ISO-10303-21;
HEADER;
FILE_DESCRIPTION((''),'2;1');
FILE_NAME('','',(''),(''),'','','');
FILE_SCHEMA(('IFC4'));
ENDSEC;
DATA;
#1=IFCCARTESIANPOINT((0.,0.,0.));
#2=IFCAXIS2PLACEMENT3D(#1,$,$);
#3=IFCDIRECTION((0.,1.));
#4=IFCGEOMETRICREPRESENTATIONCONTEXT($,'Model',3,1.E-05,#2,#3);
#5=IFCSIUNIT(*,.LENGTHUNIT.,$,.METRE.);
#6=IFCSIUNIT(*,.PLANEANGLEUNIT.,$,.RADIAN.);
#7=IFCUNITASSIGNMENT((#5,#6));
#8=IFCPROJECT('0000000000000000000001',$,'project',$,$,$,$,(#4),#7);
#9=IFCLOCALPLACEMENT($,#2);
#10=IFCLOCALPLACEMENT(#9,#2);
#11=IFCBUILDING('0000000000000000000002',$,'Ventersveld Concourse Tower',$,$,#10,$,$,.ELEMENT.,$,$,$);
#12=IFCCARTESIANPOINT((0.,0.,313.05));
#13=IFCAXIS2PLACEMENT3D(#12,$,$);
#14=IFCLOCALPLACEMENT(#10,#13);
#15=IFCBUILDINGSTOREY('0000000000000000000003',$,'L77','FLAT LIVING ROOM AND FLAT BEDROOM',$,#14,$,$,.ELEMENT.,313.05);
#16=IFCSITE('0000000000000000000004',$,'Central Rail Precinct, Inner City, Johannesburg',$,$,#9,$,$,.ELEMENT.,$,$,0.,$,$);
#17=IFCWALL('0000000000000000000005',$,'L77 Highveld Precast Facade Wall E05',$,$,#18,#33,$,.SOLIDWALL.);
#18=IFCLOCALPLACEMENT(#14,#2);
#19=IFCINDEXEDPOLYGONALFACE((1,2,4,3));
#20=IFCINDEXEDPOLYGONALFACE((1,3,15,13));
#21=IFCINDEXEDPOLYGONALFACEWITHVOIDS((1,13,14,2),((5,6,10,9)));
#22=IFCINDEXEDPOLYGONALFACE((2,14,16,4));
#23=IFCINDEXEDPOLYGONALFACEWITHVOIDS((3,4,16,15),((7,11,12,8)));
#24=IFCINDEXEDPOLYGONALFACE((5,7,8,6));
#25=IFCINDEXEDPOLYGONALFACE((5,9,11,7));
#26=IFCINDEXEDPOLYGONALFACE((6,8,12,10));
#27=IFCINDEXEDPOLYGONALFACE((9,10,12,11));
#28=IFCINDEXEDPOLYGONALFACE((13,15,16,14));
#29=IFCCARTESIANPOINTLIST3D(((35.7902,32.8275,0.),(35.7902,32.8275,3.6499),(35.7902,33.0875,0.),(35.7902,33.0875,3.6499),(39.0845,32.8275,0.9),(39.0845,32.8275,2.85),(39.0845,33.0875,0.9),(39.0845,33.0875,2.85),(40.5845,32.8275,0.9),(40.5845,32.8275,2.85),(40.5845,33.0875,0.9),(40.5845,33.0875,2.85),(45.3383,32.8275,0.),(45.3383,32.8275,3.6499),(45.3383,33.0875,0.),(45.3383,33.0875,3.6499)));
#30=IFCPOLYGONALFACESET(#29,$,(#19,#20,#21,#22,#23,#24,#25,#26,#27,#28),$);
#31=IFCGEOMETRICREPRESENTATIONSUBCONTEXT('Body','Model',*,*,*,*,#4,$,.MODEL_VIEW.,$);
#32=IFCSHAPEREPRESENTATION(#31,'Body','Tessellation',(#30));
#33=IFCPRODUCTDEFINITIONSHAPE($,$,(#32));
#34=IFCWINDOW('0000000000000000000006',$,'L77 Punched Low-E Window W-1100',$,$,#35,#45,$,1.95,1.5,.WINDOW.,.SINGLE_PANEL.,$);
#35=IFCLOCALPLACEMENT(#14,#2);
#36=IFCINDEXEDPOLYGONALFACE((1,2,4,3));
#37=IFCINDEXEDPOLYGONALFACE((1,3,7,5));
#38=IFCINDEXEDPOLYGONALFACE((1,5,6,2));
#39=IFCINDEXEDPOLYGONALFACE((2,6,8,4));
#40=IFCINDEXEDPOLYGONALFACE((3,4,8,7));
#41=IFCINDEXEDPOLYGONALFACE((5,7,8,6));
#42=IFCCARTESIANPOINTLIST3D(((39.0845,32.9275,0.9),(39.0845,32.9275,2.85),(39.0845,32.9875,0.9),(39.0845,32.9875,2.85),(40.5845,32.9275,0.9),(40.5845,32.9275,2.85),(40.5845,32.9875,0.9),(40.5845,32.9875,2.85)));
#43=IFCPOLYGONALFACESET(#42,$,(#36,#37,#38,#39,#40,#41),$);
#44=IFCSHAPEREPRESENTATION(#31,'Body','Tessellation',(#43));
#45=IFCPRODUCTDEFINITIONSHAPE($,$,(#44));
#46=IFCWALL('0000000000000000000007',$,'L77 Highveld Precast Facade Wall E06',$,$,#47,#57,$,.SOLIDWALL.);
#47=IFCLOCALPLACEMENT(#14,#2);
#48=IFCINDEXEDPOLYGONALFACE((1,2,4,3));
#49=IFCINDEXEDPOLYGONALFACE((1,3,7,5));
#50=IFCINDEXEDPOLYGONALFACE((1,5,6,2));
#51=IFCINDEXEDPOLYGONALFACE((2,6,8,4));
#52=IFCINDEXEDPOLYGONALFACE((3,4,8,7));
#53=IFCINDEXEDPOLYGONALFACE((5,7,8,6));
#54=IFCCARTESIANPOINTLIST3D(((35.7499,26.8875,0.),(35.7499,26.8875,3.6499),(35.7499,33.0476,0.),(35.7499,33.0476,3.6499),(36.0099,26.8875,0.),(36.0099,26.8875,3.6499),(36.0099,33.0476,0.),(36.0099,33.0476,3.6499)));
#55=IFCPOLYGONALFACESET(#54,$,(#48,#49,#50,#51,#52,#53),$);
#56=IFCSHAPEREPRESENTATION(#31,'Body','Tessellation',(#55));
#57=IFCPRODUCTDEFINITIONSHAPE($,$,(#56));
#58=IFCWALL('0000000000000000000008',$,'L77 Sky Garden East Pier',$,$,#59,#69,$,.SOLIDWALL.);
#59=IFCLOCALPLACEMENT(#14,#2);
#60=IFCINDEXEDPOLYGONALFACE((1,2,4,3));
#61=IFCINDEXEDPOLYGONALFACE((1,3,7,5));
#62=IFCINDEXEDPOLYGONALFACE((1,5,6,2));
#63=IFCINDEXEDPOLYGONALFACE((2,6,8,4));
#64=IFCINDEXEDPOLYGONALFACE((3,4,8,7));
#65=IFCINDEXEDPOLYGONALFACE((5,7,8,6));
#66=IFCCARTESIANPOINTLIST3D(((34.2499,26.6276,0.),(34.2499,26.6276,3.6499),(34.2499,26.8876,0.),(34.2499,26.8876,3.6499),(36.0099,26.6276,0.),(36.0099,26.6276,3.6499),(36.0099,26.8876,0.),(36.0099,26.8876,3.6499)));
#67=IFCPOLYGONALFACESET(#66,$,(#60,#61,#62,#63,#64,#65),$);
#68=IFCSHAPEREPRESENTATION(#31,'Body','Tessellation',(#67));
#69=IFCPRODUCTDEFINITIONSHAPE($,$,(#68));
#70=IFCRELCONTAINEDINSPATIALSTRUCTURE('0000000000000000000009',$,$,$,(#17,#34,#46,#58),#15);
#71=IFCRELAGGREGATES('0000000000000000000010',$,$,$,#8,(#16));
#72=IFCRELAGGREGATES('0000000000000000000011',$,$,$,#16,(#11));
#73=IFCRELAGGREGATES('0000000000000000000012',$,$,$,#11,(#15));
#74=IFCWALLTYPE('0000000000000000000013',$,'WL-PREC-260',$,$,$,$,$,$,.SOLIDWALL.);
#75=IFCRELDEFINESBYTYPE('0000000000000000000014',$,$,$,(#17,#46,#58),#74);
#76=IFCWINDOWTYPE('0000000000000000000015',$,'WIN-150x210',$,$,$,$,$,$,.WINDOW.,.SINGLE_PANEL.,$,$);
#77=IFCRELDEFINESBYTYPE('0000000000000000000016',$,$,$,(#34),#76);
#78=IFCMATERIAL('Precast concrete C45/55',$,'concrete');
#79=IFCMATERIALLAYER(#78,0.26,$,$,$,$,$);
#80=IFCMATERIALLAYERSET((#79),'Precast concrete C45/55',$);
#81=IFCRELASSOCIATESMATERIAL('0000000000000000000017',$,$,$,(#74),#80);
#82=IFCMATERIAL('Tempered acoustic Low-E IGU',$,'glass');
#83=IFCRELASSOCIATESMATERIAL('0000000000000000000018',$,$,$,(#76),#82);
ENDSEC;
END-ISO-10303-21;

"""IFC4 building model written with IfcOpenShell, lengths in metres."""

from ifc_helpers import new_model, si_unit, direction, frame, frame_2d, origin, place, context, subcontext, project, spatial, rectangle, extrude, material, layer, layer_set, type_object, element, fill, save


model = new_model("IFC4")

# Units and contexts
model_context = context("Model", 3, precision=1e-05, world=origin(), true_north=direction((0.0, 1.0)))
body_context = subcontext(model_context, "Body", "Model", "MODEL_VIEW")
ifc_project = project(units=[si_unit("LENGTHUNIT", "METRE"), si_unit("PLANEANGLEUNIT", "RADIAN")], contexts=[model_context])

# Site, building, storey
site_placement = place(None, origin())
site = spatial("IfcSite", under=ifc_project, at=site_placement, Name="Central Rail Precinct, Inner City, Johannesburg", CompositionType="ELEMENT", RefElevation=0.0)
building_placement = place(site_placement, origin())
building = spatial("IfcBuilding", under=site, at=building_placement, Name="Ventersveld Concourse Tower", CompositionType="ELEMENT")
storey_placement = place(building_placement, frame((0.0, 0.0, 313.05)))
storey = spatial("IfcBuildingStorey", under=building, at=storey_placement, Name="L77", Description="FLAT LIVING ROOM AND FLAT BEDROOM", CompositionType="ELEMENT", Elevation=313.05)

# Wall, opening, window
ifc_material_1 = material(Name="Precast concrete C45/55", Category="concrete")
ifc_layer_1 = layer(ifc_material_1, 0.26)
ifc_layer_set_1 = layer_set([ifc_layer_1], Name="Precast concrete C45/55")
wall_type_1 = type_object("IfcWallType", Name="WL-PREC-260", PredefinedType="SOLIDWALL", material=ifc_layer_set_1)
ifc_material_2 = material(Name="Tempered acoustic Low-E IGU", Category="glass")
window_type = type_object("IfcWindowType", Name="WIN-150x210", PartitioningType="SINGLE_PANEL", PredefinedType="WINDOW", material=ifc_material_2)
wall_1_placement = place(storey_placement, frame((45.3381, 32.9575, 0.0), z_axis=(0.0, 0.0, 1.0), x_axis=(-1.0, 0.0, 0.0)))
wall_1 = element("IfcWall", 1, at=wall_1_placement, inside=storey, type_object=wall_type_1, Name="L77 Highveld Precast Facade Wall E05", PredefinedType="SOLIDWALL", context=body_context, shape_type="SweptSolid", body=[
    extrude(rectangle(XDim=9.5481, YDim=0.26, at=frame_2d((4.7739, 0.0))), origin(), (0.0, 0.0, 1.0), 3.6499),
])
opening_1_placement = place(wall_1_placement, frame((4.7537, 0.0, 0.8999)))
opening_1 = element("IfcOpeningElement", 2, at=opening_1_placement, cuts=wall_1, PredefinedType="OPENING", context=body_context, shape_type="SweptSolid", body=[
    extrude(rectangle(XDim=1.5, YDim=1.95, at=frame_2d((0.75, 0.9751))), frame((0.0, 0.1401, 0.0), z_axis=(0.0, -1.0, 0.0), x_axis=(1.0, 0.0, 0.0)), (0.0, 0.0, 1.0), 0.28),
])
window_1_placement = place(opening_1_placement, origin())
window_1 = element("IfcWindow", 3, at=window_1_placement, inside=storey, type_object=window_type, Name="L77 Punched Low-E Window W-1100", OverallHeight=1.95, OverallWidth=1.5, PartitioningType="SINGLE_PANEL", PredefinedType="WINDOW", context=body_context, shape_type="SweptSolid", body=[
    extrude(rectangle(XDim=1.5, YDim=1.95, at=frame_2d((0.75, 0.9751))), frame((0.0, 0.03, 0.0), z_axis=(0.0, -1.0, 0.0), x_axis=(1.0, 0.0, 0.0)), (0.0, 0.0, 1.0), 0.0601),
])
fill(opening_1, window_1)

# Walls
wall_2_placement = place(storey_placement, frame((35.8799, 33.0476, 0.0), z_axis=(0.0, 0.0, 1.0), x_axis=(0.0, -1.0, 0.0)))
element("IfcWall", 4, at=wall_2_placement, inside=storey, type_object=wall_type_1, Name="L77 Highveld Precast Facade Wall E06", PredefinedType="SOLIDWALL", context=body_context, shape_type="SweptSolid", body=[
    extrude(rectangle(XDim=6.1602, YDim=0.26, at=frame_2d((3.0801, 0.0))), origin(), (0.0, 0.0, 1.0), 3.6499),
])
wall_3_placement = place(storey_placement, frame((34.25, 26.7576, 0.0), z_axis=(0.0, 0.0, 1.0), x_axis=(1.0, 0.0, 0.0)))
element("IfcWall", 5, at=wall_3_placement, inside=storey, type_object=wall_type_1, Name="L77 Sky Garden East Pier", PredefinedType="SOLIDWALL", context=body_context, shape_type="SweptSolid", body=[
    extrude(rectangle(XDim=1.76, YDim=0.26, at=frame_2d((0.8799, 0.0))), origin(), (0.0, 0.0, 1.0), 3.6499),
])

save(model, "model.ifc")
